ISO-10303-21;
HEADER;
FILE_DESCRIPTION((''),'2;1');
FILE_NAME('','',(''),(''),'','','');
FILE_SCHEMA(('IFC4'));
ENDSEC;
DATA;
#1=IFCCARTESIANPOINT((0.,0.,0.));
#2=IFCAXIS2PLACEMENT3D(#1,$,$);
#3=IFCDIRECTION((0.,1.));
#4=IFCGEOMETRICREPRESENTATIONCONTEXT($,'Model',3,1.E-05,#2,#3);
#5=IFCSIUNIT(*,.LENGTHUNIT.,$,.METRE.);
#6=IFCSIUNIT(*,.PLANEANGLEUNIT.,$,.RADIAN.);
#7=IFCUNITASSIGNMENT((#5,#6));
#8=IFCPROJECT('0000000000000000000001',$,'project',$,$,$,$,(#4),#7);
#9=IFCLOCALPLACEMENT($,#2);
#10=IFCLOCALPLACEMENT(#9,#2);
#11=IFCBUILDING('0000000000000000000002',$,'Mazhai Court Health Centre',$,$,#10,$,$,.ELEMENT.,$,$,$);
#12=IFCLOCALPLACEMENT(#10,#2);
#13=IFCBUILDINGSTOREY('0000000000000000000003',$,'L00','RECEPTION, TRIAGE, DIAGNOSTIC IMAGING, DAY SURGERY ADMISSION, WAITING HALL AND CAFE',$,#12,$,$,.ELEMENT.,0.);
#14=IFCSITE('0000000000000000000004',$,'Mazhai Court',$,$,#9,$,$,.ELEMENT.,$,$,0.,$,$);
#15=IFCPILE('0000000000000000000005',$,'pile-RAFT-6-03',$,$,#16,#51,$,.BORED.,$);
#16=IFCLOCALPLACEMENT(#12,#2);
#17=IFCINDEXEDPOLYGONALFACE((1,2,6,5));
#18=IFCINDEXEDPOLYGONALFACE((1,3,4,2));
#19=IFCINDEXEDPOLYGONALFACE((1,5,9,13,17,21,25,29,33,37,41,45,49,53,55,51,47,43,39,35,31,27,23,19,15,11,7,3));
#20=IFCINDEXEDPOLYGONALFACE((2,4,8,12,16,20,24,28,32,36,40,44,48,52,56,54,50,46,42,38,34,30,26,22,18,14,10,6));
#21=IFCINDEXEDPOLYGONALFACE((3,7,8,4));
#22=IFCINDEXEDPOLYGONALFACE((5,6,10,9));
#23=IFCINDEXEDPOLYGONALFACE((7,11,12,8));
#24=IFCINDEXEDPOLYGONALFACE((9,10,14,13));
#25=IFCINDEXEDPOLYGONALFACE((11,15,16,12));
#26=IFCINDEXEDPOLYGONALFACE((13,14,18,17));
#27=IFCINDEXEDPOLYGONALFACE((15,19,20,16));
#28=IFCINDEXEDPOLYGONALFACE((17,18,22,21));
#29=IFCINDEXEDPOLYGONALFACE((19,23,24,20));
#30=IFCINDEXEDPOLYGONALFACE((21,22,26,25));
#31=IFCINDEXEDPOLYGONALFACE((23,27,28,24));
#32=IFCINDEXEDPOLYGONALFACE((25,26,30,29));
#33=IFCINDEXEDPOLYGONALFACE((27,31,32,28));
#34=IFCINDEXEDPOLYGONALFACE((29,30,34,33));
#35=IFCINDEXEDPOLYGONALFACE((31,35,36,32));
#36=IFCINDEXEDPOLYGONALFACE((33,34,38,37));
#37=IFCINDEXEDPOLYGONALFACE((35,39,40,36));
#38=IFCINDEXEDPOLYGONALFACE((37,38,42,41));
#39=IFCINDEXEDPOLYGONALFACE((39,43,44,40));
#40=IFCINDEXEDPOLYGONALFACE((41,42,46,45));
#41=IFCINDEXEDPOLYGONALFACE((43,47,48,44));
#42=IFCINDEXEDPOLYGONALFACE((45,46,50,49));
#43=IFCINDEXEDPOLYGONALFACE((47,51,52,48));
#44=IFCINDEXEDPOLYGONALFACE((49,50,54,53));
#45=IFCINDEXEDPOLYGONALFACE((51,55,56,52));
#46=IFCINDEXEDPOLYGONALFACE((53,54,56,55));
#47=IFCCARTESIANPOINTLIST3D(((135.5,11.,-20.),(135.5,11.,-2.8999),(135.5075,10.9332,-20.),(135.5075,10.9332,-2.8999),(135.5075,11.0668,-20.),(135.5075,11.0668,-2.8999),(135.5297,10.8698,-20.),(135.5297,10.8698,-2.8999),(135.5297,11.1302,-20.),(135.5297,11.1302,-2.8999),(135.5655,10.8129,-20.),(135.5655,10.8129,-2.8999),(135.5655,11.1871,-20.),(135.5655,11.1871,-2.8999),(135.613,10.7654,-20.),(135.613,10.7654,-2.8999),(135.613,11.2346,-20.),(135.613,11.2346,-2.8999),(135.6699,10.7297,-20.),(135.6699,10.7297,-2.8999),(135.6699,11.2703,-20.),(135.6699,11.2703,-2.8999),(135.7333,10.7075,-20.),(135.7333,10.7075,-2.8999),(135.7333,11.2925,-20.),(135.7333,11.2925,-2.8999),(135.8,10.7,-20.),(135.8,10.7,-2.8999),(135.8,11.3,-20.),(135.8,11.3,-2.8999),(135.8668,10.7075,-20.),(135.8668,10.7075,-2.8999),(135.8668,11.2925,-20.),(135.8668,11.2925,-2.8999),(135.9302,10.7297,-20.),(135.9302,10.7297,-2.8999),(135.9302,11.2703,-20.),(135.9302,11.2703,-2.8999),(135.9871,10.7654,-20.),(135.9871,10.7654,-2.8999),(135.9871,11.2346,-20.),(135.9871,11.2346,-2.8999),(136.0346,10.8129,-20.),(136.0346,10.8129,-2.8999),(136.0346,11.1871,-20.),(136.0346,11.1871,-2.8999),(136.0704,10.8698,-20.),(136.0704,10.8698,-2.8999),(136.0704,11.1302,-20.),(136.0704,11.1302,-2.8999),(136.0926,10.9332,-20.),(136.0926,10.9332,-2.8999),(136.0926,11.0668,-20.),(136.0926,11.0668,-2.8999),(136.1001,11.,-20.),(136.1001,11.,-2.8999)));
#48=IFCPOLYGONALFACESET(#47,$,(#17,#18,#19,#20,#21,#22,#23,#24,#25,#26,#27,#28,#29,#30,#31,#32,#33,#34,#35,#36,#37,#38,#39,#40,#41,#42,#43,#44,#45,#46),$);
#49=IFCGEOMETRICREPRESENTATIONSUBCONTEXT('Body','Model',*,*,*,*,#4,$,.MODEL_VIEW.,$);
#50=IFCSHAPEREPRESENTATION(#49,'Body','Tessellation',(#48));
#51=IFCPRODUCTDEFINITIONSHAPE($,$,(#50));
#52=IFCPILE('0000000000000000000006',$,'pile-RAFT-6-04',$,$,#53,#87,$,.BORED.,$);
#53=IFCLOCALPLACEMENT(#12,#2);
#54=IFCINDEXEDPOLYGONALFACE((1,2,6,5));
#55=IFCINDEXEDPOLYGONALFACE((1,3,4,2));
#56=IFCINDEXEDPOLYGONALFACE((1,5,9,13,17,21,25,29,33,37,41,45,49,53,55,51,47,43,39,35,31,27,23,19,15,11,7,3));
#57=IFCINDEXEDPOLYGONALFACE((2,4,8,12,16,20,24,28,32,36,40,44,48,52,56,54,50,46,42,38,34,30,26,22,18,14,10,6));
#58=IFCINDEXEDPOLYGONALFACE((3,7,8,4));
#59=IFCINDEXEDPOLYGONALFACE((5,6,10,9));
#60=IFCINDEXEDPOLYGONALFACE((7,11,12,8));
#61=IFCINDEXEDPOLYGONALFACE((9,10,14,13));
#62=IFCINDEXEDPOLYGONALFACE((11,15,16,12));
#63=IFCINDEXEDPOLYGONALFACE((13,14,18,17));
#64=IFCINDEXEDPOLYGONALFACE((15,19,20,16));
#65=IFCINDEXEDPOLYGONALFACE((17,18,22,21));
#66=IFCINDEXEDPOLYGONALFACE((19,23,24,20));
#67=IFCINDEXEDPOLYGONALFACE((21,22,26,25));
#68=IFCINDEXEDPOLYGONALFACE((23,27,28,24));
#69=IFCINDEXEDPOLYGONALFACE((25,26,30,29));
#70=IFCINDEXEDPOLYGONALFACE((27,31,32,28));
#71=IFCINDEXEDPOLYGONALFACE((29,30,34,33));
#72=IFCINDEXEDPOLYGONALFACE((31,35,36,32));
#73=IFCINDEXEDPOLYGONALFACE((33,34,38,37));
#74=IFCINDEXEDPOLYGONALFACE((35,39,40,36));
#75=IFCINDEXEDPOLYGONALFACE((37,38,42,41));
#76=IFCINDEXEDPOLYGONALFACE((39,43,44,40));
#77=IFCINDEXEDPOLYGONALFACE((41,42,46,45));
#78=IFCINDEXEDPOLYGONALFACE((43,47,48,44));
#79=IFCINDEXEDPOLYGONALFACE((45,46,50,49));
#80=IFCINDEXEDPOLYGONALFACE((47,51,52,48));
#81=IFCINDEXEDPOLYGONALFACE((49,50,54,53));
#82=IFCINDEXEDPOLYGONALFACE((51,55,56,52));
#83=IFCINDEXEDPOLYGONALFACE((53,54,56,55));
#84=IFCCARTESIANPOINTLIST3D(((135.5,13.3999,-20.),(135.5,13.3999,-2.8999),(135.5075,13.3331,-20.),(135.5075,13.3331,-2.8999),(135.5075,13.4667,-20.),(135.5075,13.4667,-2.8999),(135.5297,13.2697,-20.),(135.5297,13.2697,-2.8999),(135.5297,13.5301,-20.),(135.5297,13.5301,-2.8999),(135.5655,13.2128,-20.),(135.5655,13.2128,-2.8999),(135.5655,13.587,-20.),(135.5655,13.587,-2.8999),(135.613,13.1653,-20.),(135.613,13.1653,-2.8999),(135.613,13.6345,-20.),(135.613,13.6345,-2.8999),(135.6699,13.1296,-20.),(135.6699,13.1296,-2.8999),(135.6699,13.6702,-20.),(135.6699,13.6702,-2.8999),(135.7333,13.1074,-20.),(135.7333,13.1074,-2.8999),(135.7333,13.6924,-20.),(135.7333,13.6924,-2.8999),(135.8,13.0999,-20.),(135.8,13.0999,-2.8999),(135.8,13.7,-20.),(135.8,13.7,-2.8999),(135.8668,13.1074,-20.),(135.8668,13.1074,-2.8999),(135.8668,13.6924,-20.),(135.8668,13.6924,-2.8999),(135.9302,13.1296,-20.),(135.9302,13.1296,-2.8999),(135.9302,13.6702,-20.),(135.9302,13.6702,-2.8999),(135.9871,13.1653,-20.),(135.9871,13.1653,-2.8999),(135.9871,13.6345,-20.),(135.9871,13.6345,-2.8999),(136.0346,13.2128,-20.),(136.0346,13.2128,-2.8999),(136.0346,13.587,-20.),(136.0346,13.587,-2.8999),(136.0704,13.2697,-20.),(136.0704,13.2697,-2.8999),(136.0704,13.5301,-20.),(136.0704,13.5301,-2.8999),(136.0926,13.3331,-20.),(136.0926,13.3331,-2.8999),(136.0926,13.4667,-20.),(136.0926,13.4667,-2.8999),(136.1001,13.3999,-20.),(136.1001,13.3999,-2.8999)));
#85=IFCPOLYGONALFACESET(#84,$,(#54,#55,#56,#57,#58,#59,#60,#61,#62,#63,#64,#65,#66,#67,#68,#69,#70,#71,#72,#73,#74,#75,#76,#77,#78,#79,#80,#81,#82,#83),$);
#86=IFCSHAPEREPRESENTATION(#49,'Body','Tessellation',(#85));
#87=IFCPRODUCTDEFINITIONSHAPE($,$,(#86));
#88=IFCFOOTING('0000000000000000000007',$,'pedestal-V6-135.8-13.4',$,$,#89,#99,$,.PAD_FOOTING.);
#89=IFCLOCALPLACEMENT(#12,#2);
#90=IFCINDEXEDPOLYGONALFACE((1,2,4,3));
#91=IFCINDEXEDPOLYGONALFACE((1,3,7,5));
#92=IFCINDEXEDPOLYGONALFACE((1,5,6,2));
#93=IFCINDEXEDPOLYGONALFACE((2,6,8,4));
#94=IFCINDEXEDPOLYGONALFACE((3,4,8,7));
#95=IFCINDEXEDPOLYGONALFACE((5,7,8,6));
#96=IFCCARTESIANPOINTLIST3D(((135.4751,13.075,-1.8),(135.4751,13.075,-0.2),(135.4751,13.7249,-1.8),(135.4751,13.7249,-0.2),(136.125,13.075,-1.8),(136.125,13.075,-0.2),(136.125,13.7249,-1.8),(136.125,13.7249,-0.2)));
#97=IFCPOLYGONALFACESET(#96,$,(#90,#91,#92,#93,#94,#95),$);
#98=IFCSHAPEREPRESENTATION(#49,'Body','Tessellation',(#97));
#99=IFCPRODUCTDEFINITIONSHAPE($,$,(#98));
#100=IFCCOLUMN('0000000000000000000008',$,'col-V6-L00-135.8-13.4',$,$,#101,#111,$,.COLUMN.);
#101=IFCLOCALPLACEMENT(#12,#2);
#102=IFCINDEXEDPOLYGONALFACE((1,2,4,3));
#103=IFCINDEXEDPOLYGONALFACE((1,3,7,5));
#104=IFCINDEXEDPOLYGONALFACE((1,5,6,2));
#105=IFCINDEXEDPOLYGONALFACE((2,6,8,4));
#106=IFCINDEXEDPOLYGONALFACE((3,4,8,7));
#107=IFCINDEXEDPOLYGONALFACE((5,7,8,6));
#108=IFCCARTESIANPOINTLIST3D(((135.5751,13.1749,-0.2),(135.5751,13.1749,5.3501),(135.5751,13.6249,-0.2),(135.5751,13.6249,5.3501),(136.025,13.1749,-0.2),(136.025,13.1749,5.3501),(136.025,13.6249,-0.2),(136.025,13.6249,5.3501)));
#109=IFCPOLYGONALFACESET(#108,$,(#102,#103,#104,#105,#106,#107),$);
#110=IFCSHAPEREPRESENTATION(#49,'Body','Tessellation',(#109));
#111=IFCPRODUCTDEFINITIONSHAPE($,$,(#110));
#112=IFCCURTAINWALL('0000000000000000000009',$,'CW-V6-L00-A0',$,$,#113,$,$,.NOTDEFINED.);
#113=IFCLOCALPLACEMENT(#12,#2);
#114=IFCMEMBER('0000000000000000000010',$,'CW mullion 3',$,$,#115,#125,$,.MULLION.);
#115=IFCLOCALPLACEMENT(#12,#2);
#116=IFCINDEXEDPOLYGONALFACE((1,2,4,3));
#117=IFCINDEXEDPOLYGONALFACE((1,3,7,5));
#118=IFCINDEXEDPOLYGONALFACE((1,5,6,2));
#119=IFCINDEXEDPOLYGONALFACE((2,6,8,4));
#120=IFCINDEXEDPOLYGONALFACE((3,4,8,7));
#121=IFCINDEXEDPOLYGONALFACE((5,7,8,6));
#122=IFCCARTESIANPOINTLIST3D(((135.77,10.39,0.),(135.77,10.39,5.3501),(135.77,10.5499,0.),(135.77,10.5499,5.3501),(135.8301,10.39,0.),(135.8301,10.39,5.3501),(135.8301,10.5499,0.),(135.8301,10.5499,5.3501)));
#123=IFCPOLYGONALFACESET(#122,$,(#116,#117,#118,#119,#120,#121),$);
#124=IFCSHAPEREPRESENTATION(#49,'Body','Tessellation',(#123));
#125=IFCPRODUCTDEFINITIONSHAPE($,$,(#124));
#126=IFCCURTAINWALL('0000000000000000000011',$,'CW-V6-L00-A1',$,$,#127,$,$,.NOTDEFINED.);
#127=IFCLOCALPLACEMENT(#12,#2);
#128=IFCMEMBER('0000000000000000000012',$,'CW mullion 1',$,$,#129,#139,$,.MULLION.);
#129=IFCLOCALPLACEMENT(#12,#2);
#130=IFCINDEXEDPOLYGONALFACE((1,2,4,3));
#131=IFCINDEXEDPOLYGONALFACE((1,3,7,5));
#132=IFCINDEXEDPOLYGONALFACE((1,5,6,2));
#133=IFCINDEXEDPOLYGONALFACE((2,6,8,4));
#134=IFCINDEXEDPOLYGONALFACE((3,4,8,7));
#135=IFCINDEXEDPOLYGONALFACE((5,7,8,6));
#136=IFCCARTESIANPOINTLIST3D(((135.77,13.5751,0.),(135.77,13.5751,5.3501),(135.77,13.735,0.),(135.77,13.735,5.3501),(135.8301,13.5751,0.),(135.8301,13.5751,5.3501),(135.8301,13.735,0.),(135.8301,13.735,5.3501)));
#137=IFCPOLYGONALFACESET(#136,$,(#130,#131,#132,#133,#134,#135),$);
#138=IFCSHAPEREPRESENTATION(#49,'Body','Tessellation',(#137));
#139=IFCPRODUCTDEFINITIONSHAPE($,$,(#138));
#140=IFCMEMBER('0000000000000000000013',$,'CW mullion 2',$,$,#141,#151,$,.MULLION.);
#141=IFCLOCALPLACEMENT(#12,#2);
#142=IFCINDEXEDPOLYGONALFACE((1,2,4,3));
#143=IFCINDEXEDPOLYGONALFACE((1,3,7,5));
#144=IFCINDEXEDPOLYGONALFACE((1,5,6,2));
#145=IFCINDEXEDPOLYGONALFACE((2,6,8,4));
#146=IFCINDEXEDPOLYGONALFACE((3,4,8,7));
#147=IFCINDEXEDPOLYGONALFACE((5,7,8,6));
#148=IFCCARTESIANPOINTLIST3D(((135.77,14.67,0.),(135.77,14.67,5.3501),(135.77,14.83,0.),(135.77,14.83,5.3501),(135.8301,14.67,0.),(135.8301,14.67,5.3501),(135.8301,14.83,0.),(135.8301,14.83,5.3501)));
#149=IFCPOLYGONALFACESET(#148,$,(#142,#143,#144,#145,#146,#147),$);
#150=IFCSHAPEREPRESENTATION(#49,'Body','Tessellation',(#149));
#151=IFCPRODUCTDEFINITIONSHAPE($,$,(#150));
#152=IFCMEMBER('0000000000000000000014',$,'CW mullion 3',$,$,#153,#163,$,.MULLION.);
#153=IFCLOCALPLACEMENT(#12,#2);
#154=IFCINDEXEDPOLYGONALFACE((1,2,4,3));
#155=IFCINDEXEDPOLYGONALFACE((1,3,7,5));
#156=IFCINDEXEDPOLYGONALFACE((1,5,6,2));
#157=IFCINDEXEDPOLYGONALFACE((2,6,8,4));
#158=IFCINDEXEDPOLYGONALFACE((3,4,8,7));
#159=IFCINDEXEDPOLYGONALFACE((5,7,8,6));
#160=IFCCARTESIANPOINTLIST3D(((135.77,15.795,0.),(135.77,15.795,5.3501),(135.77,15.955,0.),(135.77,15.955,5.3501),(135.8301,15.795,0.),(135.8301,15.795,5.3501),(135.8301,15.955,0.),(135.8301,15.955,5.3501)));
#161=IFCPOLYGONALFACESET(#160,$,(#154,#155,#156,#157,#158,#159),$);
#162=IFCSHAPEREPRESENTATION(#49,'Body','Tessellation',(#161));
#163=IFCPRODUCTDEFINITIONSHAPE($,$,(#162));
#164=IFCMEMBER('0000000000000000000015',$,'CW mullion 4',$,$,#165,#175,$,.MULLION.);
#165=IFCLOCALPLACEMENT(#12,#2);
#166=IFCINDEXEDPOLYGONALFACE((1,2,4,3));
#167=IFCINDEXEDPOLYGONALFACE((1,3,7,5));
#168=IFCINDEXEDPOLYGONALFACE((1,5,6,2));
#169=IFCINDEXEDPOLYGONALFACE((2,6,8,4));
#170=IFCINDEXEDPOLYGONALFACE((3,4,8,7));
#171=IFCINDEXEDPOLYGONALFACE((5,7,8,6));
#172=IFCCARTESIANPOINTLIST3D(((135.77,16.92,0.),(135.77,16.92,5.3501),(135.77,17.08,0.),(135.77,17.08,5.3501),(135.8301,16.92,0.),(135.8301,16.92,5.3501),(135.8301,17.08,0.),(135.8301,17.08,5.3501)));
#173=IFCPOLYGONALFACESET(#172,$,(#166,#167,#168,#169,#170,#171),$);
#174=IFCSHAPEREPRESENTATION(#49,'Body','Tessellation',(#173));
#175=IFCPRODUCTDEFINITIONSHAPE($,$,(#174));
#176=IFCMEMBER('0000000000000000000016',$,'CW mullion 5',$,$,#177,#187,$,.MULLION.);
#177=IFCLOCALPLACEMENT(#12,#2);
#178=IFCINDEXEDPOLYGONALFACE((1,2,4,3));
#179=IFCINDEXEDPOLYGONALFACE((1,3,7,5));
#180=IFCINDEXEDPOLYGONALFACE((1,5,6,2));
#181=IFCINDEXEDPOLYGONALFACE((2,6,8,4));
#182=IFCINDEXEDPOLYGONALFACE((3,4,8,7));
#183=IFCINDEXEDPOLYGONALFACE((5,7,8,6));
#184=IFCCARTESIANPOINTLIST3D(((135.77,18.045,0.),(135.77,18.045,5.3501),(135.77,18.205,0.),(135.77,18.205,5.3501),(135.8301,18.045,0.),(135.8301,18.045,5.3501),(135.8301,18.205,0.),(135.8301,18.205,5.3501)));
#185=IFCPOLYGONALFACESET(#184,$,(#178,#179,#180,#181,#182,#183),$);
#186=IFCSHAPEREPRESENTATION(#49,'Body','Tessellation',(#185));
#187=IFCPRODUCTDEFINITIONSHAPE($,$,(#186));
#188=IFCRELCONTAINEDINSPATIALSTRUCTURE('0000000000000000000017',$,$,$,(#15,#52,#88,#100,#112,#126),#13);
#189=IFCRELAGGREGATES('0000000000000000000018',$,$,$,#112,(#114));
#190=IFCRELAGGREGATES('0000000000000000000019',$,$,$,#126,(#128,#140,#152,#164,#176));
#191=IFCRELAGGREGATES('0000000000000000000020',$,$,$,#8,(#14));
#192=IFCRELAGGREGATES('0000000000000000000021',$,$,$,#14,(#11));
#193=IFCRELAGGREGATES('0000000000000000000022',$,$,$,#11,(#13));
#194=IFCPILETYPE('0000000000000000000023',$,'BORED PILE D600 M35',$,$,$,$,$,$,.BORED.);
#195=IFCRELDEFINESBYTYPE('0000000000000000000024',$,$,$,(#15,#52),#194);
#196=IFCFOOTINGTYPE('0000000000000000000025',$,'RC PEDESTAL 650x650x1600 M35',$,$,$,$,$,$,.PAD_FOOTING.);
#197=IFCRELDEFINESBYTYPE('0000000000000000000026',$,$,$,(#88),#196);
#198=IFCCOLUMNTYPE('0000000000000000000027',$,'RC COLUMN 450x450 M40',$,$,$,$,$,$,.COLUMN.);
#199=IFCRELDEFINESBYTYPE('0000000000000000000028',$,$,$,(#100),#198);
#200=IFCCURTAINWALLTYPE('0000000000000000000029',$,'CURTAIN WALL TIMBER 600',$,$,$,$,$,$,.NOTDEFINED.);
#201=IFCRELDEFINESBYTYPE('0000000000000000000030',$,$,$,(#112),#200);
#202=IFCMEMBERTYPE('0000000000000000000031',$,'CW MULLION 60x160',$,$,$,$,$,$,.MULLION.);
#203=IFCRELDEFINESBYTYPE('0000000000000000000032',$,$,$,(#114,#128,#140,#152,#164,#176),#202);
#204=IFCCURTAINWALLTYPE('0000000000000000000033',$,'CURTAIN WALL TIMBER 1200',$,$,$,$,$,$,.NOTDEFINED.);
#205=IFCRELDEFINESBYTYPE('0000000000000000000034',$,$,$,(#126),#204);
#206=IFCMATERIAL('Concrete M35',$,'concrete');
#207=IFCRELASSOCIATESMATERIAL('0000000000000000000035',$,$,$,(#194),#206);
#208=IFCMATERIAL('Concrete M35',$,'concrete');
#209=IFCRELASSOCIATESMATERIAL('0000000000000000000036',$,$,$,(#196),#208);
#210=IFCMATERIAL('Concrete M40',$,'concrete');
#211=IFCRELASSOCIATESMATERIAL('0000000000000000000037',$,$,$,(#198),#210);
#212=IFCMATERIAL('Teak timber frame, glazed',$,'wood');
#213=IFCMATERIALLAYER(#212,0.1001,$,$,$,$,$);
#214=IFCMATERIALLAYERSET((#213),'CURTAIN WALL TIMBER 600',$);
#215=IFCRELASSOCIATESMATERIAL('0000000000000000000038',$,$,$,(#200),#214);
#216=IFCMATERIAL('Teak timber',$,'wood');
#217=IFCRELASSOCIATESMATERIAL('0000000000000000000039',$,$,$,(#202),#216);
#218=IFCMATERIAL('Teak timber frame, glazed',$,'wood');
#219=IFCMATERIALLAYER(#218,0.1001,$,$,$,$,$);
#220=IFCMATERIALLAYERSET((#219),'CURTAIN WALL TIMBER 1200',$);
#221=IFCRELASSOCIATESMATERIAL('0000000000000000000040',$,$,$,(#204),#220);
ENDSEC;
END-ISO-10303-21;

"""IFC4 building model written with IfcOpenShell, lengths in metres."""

from ifc_helpers import new_model, si_unit, direction, frame, origin, origin_2d, place, context, subcontext, project, spatial, rectangle, circle, extrude, material, layer, layer_set, material_profile, profile_set, type_object, element, aggregate, save


model = new_model("IFC4")

# Units and contexts
model_context = context("Model", 3, precision=1e-05, world=origin(), true_north=direction((0.0, 1.0)))
body_context = subcontext(model_context, "Body", "Model", "MODEL_VIEW")
ifc_project = project(units=[si_unit("LENGTHUNIT", "METRE"), si_unit("PLANEANGLEUNIT", "RADIAN")], contexts=[model_context])

# Site, building, storey
site_placement = place(None, origin())
site = spatial("IfcSite", under=ifc_project, at=site_placement, Name="Mazhai Court", CompositionType="ELEMENT", RefElevation=0.0)
building_placement = place(site_placement, origin())
building = spatial("IfcBuilding", under=site, at=building_placement, Name="Mazhai Court Health Centre", CompositionType="ELEMENT")
storey_placement = place(building_placement, origin())
storey = spatial("IfcBuildingStorey", under=building, at=storey_placement, Name="L00", Description="RECEPTION, TRIAGE, DIAGNOSTIC IMAGING, DAY SURGERY ADMISSION, WAITING HALL AND CAFE", CompositionType="ELEMENT", Elevation=0.0)

# Piles
ifc_material_1 = material(Name="Concrete M35", Category="concrete")
ifc_material_profile_1 = material_profile(ifc_material_1, circle(Radius=0.3, at=origin_2d()), Name="RC PILE D600")
ifc_profile_set_1 = profile_set([ifc_material_profile_1], Name="Concrete M35")
pile_type = type_object("IfcPileType", Name="BORED PILE D600 M35", PredefinedType="BORED", material=ifc_profile_set_1)
for number, where, z_axis, x_axis, name in (
    (1, (135.8, 11.0, -2.8999), (0.0, 0.0, -1.0), (1.0, 0.0, 0.0), "pile-RAFT-6-03"),
    (2, (135.8, 13.3999, -2.8999), (0.0, 0.0, -1.0), (1.0, 0.0, 0.0), "pile-RAFT-6-04"),
):
    element("IfcPile", number, at=place(storey_placement, frame(where, z_axis=z_axis, x_axis=x_axis)), inside=storey, type_object=pile_type, Name=name, PredefinedType="BORED", context=body_context, shape_type="SweptSolid", body=[
        extrude(circle(Radius=0.3, at=origin_2d()), origin(), (0.0, 0.0, 1.0), 17.1001),
    ])

# Footing
ifc_material_2 = material(Name="Concrete M35", Category="concrete")
footing_type = type_object("IfcFootingType", Name="RC PEDESTAL 650x650x1600 M35", PredefinedType="PAD_FOOTING", material=ifc_material_2)
footing_placement = place(storey_placement, frame((135.8, 13.3999, -1.8), z_axis=(0.0, 0.0, 1.0), x_axis=(1.0, 0.0, 0.0)))
element("IfcFooting", 3, at=footing_placement, inside=storey, type_object=footing_type, Name="pedestal-V6-135.8-13.4", PredefinedType="PAD_FOOTING", context=body_context, shape_type="SweptSolid", body=[
    extrude(rectangle(XDim=0.6499, YDim=0.6499, at=origin_2d()), origin(), (0.0, 0.0, 1.0), 1.6001),
])

# Column
ifc_material_3 = material(Name="Concrete M40", Category="concrete")
ifc_material_profile_2 = material_profile(ifc_material_3, rectangle(XDim=0.45, YDim=0.45, at=origin_2d()), Name="RC 450x450")
ifc_profile_set_2 = profile_set([ifc_material_profile_2], Name="Concrete M40")
column_type = type_object("IfcColumnType", Name="RC COLUMN 450x450 M40", PredefinedType="COLUMN", material=ifc_profile_set_2)
column_placement = place(storey_placement, frame((135.8, 13.3999, -0.2), z_axis=(0.0, 0.0, 1.0), x_axis=(1.0, 0.0, 0.0)))
element("IfcColumn", 4, at=column_placement, inside=storey, type_object=column_type, Name="col-V6-L00-135.8-13.4", PredefinedType="COLUMN", context=body_context, shape_type="SweptSolid", body=[
    extrude(rectangle(XDim=0.45, YDim=0.45, at=origin_2d()), origin(), (0.0, 0.0, 1.0), 5.55),
])

# Curtain wall, member
ifc_material_4 = material(Name="Teak timber frame, glazed", Category="wood")
ifc_layer_1 = layer(ifc_material_4, 0.1001)
ifc_layer_set_1 = layer_set([ifc_layer_1], Name="CURTAIN WALL TIMBER 600")
curtain_wall_type_1 = type_object("IfcCurtainWallType", Name="CURTAIN WALL TIMBER 600", PredefinedType="NOTDEFINED", material=ifc_layer_set_1)
curtain_wall_1_placement = place(storey_placement, origin())
curtain_wall_1 = element("IfcCurtainWall", 5, at=curtain_wall_1_placement, inside=storey, type_object=curtain_wall_type_1, Name="CW-V6-L00-A0", PredefinedType="NOTDEFINED")
ifc_material_5 = material(Name="Teak timber", Category="wood")
ifc_material_profile_3 = material_profile(ifc_material_5, rectangle(XDim=0.0601, YDim=0.1599, at=origin_2d()), Name="CW MULLION 60x160")
ifc_profile_set_3 = profile_set([ifc_material_profile_3], Name="Teak timber")
member_type_1 = type_object("IfcMemberType", Name="CW MULLION 60x160", PredefinedType="MULLION", material=ifc_profile_set_3)
member_1_placement = place(storey_placement, frame((135.8, 10.47, 0.0), z_axis=(0.0, 0.0, 1.0), x_axis=(-1.0, 0.0, 0.0)))
member_1 = element("IfcMember", 6, at=member_1_placement, type_object=member_type_1, Name="CW mullion 3", PredefinedType="MULLION", context=body_context, shape_type="SweptSolid", body=[
    extrude(rectangle(XDim=0.0601, YDim=0.1599, at=origin_2d()), origin(), (0.0, 0.0, 1.0), 5.3501),
])
aggregate(curtain_wall_1, [member_1])

# Curtain wall, members
ifc_material_6 = material(Name="Teak timber frame, glazed", Category="wood")
ifc_layer_2 = layer(ifc_material_6, 0.1001)
ifc_layer_set_2 = layer_set([ifc_layer_2], Name="CURTAIN WALL TIMBER 1200")
curtain_wall_type_2 = type_object("IfcCurtainWallType", Name="CURTAIN WALL TIMBER 1200", PredefinedType="NOTDEFINED", material=ifc_layer_set_2)
curtain_wall_2_placement = place(storey_placement, origin())
curtain_wall_2 = element("IfcCurtainWall", 7, at=curtain_wall_2_placement, inside=storey, type_object=curtain_wall_type_2, Name="CW-V6-L00-A1", PredefinedType="NOTDEFINED")
member_2_placement = place(storey_placement, frame((135.8, 13.655, 0.0), z_axis=(0.0, 0.0, 1.0), x_axis=(-1.0, 0.0, 0.0)))
member_2 = element("IfcMember", 8, at=member_2_placement, type_object=member_type_1, Name="CW mullion 1", PredefinedType="MULLION", context=body_context, shape_type="SweptSolid", body=[
    extrude(rectangle(XDim=0.0601, YDim=0.1599, at=origin_2d()), origin(), (0.0, 0.0, 1.0), 5.3501),
])
member_3_placement = place(storey_placement, frame((135.8, 14.75, 0.0), z_axis=(0.0, 0.0, 1.0), x_axis=(-1.0, 0.0, 0.0)))
member_3 = element("IfcMember", 9, at=member_3_placement, type_object=member_type_1, Name="CW mullion 2", PredefinedType="MULLION", context=body_context, shape_type="SweptSolid", body=[
    extrude(rectangle(XDim=0.0601, YDim=0.1599, at=origin_2d()), origin(), (0.0, 0.0, 1.0), 5.3501),
])
member_4_placement = place(storey_placement, frame((135.8, 15.875, 0.0), z_axis=(0.0, 0.0, 1.0), x_axis=(-1.0, 0.0, 0.0)))
member_4 = element("IfcMember", 10, at=member_4_placement, type_object=member_type_1, Name="CW mullion 3", PredefinedType="MULLION", context=body_context, shape_type="SweptSolid", body=[
    extrude(rectangle(XDim=0.0601, YDim=0.1599, at=origin_2d()), origin(), (0.0, 0.0, 1.0), 5.3501),
])
member_5_placement = place(storey_placement, frame((135.8, 17.0, 0.0), z_axis=(0.0, 0.0, 1.0), x_axis=(-1.0, 0.0, 0.0)))
member_5 = element("IfcMember", 11, at=member_5_placement, type_object=member_type_1, Name="CW mullion 4", PredefinedType="MULLION", context=body_context, shape_type="SweptSolid", body=[
    extrude(rectangle(XDim=0.0601, YDim=0.1599, at=origin_2d()), origin(), (0.0, 0.0, 1.0), 5.3501),
])
member_6_placement = place(storey_placement, frame((135.8, 18.125, 0.0), z_axis=(0.0, 0.0, 1.0), x_axis=(-1.0, 0.0, 0.0)))
member_6 = element("IfcMember", 12, at=member_6_placement, type_object=member_type_1, Name="CW mullion 5", PredefinedType="MULLION", context=body_context, shape_type="SweptSolid", body=[
    extrude(rectangle(XDim=0.0601, YDim=0.1599, at=origin_2d()), origin(), (0.0, 0.0, 1.0), 5.3501),
])
aggregate(curtain_wall_2, [member_2, member_3, member_4, member_5, member_6])

save(model, "model.ifc")
